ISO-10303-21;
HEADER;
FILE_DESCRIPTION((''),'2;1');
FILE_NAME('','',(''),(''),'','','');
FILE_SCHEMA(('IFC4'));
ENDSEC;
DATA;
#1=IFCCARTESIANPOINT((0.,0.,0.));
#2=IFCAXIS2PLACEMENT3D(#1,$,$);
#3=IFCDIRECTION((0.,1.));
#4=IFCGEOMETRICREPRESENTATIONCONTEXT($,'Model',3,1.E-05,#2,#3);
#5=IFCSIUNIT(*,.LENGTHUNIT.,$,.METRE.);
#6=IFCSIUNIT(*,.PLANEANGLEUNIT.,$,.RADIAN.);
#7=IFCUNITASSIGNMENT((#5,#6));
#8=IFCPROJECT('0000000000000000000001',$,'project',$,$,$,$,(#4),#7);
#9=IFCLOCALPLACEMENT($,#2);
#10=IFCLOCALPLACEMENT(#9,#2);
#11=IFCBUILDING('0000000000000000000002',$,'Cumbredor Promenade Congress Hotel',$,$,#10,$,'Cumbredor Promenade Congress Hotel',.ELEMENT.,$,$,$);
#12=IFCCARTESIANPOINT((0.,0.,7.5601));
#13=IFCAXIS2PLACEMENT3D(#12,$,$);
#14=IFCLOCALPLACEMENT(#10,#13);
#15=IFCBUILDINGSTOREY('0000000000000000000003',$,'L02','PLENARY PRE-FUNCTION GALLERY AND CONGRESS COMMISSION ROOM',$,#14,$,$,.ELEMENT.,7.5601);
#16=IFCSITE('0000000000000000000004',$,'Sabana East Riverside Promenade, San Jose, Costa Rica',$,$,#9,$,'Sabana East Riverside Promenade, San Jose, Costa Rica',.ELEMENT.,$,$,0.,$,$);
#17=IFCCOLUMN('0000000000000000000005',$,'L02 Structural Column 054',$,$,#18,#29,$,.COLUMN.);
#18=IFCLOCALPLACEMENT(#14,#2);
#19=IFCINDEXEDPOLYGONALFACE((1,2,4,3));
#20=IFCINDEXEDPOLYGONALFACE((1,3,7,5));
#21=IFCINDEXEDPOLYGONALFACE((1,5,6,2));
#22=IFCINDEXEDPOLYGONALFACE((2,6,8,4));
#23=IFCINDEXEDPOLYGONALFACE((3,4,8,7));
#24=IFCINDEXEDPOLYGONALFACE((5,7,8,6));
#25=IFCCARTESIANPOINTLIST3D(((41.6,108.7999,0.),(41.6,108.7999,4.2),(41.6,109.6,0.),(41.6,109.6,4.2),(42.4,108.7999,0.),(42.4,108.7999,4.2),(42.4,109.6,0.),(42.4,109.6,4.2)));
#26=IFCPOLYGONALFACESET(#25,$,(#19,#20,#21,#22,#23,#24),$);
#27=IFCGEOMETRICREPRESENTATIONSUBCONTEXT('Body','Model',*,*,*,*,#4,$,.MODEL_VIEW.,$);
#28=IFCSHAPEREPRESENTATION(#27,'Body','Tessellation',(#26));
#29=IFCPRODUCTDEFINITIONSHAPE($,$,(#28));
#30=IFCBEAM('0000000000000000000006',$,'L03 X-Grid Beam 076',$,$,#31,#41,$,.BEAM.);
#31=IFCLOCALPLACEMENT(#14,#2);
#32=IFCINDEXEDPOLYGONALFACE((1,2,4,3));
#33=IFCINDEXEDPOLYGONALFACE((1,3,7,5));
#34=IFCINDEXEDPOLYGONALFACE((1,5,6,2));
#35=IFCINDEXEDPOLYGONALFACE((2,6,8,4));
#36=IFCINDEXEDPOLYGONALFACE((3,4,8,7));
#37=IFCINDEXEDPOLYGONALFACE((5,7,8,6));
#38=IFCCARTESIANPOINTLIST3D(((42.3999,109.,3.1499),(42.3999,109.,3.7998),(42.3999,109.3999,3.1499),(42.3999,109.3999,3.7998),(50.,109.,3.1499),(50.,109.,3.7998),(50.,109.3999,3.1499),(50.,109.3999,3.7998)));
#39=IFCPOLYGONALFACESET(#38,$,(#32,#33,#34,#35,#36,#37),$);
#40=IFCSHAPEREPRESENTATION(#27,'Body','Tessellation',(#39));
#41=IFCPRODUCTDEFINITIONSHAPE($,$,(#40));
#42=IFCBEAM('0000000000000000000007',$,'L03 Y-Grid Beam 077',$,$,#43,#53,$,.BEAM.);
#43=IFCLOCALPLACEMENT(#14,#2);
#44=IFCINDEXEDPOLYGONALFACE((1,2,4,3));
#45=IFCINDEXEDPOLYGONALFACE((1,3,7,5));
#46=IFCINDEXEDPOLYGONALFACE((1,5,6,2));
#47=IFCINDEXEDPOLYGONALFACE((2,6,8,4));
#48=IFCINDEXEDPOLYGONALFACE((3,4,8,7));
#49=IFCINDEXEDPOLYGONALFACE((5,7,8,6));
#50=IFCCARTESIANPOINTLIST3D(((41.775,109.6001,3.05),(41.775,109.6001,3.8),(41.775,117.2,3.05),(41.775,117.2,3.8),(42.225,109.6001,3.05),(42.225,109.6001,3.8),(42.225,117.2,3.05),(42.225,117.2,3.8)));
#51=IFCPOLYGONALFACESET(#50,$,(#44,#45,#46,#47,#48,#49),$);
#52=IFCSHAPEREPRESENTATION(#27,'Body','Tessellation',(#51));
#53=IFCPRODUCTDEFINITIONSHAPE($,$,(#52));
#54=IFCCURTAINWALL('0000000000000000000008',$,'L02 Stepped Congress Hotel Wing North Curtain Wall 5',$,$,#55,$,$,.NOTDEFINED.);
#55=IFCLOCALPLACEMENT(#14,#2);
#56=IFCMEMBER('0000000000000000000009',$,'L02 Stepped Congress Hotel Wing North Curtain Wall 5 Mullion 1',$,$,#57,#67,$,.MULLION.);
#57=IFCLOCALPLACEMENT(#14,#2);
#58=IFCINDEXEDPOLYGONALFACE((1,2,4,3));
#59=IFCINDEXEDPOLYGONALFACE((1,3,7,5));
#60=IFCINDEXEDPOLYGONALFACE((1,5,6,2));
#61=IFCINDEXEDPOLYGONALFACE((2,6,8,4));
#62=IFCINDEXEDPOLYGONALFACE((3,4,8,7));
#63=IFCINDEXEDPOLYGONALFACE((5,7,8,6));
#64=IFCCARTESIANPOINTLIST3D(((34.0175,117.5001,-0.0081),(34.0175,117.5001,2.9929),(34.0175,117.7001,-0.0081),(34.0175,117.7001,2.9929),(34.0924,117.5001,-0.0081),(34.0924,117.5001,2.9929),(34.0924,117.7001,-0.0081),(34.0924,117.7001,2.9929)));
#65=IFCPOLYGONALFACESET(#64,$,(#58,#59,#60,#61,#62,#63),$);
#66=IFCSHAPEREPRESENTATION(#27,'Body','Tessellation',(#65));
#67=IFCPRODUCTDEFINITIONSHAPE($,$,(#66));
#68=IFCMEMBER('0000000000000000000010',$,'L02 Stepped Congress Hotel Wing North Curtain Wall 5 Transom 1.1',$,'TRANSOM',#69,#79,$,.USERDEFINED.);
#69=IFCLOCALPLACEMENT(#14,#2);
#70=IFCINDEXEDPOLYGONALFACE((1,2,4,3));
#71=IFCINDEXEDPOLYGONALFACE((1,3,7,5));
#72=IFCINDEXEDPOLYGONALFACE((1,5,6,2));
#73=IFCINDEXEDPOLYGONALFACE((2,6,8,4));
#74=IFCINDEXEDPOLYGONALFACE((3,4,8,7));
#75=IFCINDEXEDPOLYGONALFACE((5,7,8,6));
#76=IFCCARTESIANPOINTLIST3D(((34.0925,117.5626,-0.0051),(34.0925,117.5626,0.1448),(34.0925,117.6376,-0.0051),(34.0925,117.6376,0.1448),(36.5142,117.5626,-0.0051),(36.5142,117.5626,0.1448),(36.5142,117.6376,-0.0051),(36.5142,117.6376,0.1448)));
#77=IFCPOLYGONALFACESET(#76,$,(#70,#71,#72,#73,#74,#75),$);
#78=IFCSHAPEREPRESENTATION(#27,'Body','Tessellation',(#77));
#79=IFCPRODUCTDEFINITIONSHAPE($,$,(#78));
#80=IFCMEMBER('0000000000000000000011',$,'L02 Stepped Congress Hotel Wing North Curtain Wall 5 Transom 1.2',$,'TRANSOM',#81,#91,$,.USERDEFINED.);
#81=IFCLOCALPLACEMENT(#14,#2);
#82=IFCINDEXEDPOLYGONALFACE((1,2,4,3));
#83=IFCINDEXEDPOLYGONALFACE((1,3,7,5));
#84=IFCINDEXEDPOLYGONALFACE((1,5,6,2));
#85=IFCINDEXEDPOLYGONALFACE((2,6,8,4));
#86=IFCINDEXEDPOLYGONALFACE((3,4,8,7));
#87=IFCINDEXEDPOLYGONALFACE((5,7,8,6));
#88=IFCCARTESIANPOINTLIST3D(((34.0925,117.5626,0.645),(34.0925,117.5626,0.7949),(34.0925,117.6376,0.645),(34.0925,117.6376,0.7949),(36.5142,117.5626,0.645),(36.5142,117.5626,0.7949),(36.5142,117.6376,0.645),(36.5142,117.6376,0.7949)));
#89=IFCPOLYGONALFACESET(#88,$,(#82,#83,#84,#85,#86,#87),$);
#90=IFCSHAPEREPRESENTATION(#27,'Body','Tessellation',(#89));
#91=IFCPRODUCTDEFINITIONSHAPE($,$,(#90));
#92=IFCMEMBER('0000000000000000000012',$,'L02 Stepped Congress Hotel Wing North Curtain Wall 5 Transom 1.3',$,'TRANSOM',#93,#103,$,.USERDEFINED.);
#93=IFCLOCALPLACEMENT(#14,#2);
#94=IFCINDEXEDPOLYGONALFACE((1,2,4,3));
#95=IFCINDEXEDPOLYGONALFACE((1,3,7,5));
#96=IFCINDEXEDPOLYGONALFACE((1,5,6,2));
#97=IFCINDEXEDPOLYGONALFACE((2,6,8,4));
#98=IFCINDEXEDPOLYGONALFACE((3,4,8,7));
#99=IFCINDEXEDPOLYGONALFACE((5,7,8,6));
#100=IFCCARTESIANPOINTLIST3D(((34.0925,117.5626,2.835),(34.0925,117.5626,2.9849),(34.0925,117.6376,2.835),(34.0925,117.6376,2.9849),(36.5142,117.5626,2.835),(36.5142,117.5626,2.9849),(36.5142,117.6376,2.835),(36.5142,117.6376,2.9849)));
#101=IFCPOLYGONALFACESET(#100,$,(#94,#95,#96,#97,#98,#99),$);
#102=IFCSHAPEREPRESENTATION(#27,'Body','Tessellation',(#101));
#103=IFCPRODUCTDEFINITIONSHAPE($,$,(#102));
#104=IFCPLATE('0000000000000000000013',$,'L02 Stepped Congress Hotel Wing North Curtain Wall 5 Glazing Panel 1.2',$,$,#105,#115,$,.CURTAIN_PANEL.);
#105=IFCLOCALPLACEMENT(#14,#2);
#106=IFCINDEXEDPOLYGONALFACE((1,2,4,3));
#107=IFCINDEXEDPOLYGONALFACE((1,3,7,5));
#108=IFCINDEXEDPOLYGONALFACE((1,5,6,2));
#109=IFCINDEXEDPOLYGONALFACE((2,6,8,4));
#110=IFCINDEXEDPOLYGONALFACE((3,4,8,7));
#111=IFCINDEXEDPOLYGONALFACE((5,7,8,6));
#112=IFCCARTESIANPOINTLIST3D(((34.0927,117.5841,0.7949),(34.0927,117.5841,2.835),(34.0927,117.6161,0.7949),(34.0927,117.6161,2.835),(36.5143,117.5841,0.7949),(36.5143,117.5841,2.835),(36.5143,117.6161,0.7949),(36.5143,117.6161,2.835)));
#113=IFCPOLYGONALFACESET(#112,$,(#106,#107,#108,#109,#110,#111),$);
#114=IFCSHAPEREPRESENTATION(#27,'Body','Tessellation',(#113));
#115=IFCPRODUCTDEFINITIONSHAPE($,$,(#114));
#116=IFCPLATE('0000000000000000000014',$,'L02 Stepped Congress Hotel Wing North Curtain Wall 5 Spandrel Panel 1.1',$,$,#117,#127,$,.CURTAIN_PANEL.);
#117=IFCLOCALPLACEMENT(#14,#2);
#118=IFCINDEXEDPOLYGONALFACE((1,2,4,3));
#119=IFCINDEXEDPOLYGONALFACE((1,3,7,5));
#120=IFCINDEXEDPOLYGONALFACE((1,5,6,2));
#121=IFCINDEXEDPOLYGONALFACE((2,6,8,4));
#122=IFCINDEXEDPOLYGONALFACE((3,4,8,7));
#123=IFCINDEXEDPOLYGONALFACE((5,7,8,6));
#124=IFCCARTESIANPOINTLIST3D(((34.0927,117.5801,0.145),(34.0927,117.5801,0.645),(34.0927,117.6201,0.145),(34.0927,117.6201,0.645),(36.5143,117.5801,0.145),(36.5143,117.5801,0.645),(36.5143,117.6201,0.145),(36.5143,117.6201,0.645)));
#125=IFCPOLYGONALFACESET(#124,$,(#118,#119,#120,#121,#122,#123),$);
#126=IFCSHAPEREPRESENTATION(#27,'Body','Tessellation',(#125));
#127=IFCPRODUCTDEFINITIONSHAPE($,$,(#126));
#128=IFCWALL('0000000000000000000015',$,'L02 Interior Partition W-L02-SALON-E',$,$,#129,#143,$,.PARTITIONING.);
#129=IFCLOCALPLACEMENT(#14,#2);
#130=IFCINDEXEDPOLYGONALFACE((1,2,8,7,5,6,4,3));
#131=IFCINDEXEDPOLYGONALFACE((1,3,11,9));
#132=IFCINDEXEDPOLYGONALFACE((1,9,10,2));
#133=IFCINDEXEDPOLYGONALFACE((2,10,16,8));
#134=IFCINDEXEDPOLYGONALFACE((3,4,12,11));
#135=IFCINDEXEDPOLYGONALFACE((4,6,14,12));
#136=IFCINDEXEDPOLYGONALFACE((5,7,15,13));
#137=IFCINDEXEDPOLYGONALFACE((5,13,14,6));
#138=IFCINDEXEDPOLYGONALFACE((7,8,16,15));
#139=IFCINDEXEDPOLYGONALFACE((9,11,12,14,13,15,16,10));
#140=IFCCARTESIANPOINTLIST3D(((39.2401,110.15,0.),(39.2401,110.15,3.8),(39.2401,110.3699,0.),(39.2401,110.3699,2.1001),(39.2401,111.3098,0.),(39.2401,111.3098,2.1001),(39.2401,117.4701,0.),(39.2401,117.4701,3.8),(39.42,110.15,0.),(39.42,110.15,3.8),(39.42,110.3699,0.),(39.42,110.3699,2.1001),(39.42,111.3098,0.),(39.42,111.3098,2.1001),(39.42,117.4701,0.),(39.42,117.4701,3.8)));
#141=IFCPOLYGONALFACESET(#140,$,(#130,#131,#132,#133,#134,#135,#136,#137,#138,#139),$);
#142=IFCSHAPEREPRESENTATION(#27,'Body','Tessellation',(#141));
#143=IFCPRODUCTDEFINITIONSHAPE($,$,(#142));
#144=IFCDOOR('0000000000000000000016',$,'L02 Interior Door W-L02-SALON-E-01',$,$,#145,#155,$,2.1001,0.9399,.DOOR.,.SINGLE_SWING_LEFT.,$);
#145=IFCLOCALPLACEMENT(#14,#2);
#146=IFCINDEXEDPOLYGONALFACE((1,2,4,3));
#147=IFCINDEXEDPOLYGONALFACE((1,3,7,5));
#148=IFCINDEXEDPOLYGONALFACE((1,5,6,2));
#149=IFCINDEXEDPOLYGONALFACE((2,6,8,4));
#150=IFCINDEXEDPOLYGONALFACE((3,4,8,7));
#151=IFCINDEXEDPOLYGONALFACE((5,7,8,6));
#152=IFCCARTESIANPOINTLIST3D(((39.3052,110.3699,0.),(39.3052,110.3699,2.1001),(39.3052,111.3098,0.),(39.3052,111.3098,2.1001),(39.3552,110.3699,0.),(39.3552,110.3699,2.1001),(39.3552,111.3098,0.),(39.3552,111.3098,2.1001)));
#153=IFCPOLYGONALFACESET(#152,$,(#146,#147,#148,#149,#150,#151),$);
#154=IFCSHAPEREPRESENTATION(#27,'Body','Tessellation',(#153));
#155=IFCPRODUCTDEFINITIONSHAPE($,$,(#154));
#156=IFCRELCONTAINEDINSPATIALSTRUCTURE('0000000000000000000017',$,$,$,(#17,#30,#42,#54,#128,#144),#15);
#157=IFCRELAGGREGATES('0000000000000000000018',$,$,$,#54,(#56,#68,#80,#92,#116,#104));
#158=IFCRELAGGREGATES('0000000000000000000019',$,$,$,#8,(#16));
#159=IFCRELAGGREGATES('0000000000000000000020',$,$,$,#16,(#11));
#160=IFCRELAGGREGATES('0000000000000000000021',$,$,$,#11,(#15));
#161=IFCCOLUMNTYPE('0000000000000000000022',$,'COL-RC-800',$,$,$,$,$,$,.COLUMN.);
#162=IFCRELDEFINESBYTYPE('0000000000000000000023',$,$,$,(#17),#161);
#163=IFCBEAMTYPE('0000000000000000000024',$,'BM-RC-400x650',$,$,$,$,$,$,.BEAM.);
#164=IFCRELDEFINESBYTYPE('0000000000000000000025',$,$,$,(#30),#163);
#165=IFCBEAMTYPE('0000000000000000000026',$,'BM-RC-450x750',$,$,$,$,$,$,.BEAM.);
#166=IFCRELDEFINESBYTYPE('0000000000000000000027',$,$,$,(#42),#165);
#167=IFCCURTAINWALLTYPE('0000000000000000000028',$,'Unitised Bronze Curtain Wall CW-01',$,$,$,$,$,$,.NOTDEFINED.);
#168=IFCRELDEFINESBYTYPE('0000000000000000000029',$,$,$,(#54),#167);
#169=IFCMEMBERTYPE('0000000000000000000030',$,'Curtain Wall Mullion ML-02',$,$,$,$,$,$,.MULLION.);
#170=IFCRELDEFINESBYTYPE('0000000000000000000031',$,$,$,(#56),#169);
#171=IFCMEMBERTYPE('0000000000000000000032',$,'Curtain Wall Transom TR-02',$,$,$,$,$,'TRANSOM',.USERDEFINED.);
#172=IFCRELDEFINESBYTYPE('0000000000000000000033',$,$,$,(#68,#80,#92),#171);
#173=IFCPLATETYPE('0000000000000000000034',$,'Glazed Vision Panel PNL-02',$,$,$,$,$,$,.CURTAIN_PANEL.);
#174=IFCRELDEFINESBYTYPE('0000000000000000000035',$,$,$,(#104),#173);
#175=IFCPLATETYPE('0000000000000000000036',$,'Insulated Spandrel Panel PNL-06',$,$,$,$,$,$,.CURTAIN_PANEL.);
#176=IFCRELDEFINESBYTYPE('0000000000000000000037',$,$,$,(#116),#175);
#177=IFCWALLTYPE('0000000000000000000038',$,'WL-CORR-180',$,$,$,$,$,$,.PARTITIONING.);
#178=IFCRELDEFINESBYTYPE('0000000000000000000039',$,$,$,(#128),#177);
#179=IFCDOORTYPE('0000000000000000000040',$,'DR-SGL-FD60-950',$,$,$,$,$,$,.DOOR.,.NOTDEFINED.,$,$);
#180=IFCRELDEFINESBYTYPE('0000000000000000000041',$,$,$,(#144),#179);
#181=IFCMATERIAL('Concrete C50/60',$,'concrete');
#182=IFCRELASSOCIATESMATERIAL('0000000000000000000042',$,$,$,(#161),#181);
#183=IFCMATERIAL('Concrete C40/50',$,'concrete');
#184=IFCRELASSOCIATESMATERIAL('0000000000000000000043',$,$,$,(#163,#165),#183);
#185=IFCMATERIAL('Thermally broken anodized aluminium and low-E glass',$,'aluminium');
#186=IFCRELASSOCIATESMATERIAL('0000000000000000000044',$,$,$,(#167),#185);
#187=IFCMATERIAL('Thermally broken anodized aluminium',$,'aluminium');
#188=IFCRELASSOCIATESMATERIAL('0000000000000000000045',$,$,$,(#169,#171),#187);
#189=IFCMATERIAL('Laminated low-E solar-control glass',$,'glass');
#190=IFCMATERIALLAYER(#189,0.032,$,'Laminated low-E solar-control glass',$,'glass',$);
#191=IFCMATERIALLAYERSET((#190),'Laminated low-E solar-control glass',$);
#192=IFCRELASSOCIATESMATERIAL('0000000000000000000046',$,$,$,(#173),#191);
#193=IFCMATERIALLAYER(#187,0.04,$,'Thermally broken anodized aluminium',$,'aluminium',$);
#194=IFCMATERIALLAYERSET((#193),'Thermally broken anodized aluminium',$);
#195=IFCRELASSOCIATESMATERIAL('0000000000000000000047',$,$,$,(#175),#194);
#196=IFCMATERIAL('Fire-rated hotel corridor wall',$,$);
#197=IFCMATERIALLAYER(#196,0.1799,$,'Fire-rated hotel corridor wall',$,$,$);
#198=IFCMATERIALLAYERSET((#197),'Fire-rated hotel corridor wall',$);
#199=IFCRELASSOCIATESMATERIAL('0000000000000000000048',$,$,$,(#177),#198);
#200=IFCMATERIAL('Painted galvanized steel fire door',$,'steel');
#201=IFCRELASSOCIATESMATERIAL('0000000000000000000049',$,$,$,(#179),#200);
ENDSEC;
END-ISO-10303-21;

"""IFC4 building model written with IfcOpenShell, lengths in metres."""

from ifc_helpers import new_model, si_unit, direction, frame, frame_2d, origin, origin_2d, place, context, subcontext, project, spatial, rectangle, extrude, material, layer, layer_set, material_profile, profile_set, type_object, element, fill, aggregate, save


model = new_model("IFC4")

# Units and contexts
model_context = context("Model", 3, precision=1e-05, world=origin(), true_north=direction((0.0, 1.0)))
body_context = subcontext(model_context, "Body", "Model", "MODEL_VIEW")
ifc_project = project(units=[si_unit("LENGTHUNIT", "METRE"), si_unit("PLANEANGLEUNIT", "RADIAN")], contexts=[model_context])

# Site, building, storey
site_placement = place(None, origin())
site = spatial("IfcSite", under=ifc_project, at=site_placement, Name="Sabana East Riverside Promenade, San Jose, Costa Rica", LongName="Sabana East Riverside Promenade, San Jose, Costa Rica", CompositionType="ELEMENT", RefElevation=0.0)
building_placement = place(site_placement, origin())
building = spatial("IfcBuilding", under=site, at=building_placement, Name="Cumbredor Promenade Congress Hotel", LongName="Cumbredor Promenade Congress Hotel", CompositionType="ELEMENT")
storey_placement = place(building_placement, frame((0.0, 0.0, 7.5601)))
storey = spatial("IfcBuildingStorey", under=building, at=storey_placement, Name="L02", Description="PLENARY PRE-FUNCTION GALLERY AND CONGRESS COMMISSION ROOM", CompositionType="ELEMENT", Elevation=7.5601)

# Column
ifc_material_1 = material(Name="Concrete C50/60", Category="concrete")
ifc_material_profile_1 = material_profile(ifc_material_1, rectangle(XDim=0.8, YDim=0.8, at=origin_2d()), Name="RC 800x800")
ifc_profile_set_1 = profile_set([ifc_material_profile_1], Name="Concrete C50/60")
column_type = type_object("IfcColumnType", Name="COL-RC-800", PredefinedType="COLUMN", material=ifc_profile_set_1)
column_placement = place(storey_placement, frame((42.0, 109.2, 0.0), z_axis=(0.0, 0.0, 1.0), x_axis=(1.0, 0.0, 0.0)))
element("IfcColumn", 1, at=column_placement, inside=storey, type_object=column_type, Name="L02 Structural Column 054", PredefinedType="COLUMN", context=body_context, shape_type="SweptSolid", body=[
    extrude(rectangle(XDim=0.8, YDim=0.8, at=origin_2d()), origin(), (0.0, 0.0, 1.0), 4.2),
])

# Beams
ifc_material_2 = material(Name="Concrete C40/50", Category="concrete")
ifc_material_profile_2 = material_profile(ifc_material_2, rectangle(XDim=0.3999, YDim=0.6499, at=origin_2d()), Name="RC BEAM 400x650")
ifc_profile_set_2 = profile_set([ifc_material_profile_2], Name="Concrete C40/50")
beam_type_1 = type_object("IfcBeamType", Name="BM-RC-400x650", PredefinedType="BEAM", material=ifc_profile_set_2)
beam_1_placement = place(storey_placement, frame((42.3999, 109.2, 3.4749), z_axis=(1.0, 0.0, 0.0), x_axis=(0.0, 1.0, 0.0)))
element("IfcBeam", 2, at=beam_1_placement, inside=storey, type_object=beam_type_1, Name="L03 X-Grid Beam 076", PredefinedType="BEAM", context=body_context, shape_type="SweptSolid", body=[
    extrude(rectangle(XDim=0.3999, YDim=0.6499, at=origin_2d()), origin(), (0.0, 0.0, 1.0), 7.6001),
])
ifc_material_profile_3 = material_profile(ifc_material_2, rectangle(XDim=0.45, YDim=0.75, at=origin_2d()), Name="RC BEAM 450x750")
ifc_profile_set_3 = profile_set([ifc_material_profile_3], Name="Concrete C40/50")
beam_type_2 = type_object("IfcBeamType", Name="BM-RC-450x750", PredefinedType="BEAM", material=ifc_profile_set_3)
beam_2_placement = place(storey_placement, frame((42.0, 109.6001, 3.425), z_axis=(0.0, 1.0, 0.0), x_axis=(-1.0, 0.0, 0.0)))
element("IfcBeam", 3, at=beam_2_placement, inside=storey, type_object=beam_type_2, Name="L03 Y-Grid Beam 077", PredefinedType="BEAM", context=body_context, shape_type="SweptSolid", body=[
    extrude(rectangle(XDim=0.45, YDim=0.75, at=origin_2d()), origin(), (0.0, 0.0, 1.0), 7.5999),
])

# Curtain wall, members, plates
ifc_material_3 = material(Name="Thermally broken anodized aluminium and low-E glass", Category="aluminium")
curtain_wall_type = type_object("IfcCurtainWallType", Name="Unitised Bronze Curtain Wall CW-01", PredefinedType="NOTDEFINED", material=ifc_material_3)
curtain_wall_placement = place(storey_placement, origin())
curtain_wall = element("IfcCurtainWall", 4, at=curtain_wall_placement, inside=storey, type_object=curtain_wall_type, Name="L02 Stepped Congress Hotel Wing North Curtain Wall 5", PredefinedType="NOTDEFINED")
ifc_material_4 = material(Name="Thermally broken anodized aluminium", Category="aluminium")
ifc_material_profile_4 = material_profile(ifc_material_4, rectangle(XDim=0.075, YDim=0.2, at=origin_2d()), Name="ALU MULLION 75x200")
ifc_profile_set_4 = profile_set([ifc_material_profile_4], Name="Thermally broken anodized aluminium")
member_type_1 = type_object("IfcMemberType", Name="Curtain Wall Mullion ML-02", PredefinedType="MULLION", material=ifc_profile_set_4)
member_1_placement = place(storey_placement, frame((34.0549, 117.6001, -0.0081), z_axis=(0.0, 0.0, 1.0), x_axis=(1.0, 0.0, 0.0)))
member_1 = element("IfcMember", 5, at=member_1_placement, type_object=member_type_1, Name="L02 Stepped Congress Hotel Wing North Curtain Wall 5 Mullion 1", PredefinedType="MULLION", context=body_context, shape_type="SweptSolid", body=[
    extrude(rectangle(XDim=0.075, YDim=0.2, at=origin_2d()), origin(), (0.0, 0.0, 1.0), 3.001),
])
ifc_material_profile_5 = material_profile(ifc_material_4, rectangle(XDim=0.075, YDim=0.1499, at=origin_2d()), Name="ALU TRANSOM 75x150")
ifc_profile_set_5 = profile_set([ifc_material_profile_5], Name="Thermally broken anodized aluminium")
member_type_2 = type_object("IfcMemberType", Name="Curtain Wall Transom TR-02", ElementType="TRANSOM", PredefinedType="USERDEFINED", material=ifc_profile_set_5)
member_2_placement = place(storey_placement, frame((34.0925, 117.6001, 0.0698), z_axis=(1.0, 0.0, 0.0), x_axis=(0.0, 1.0, 0.0)))
member_2 = element("IfcMember", 6, at=member_2_placement, type_object=member_type_2, Name="L02 Stepped Congress Hotel Wing North Curtain Wall 5 Transom 1.1", ObjectType="TRANSOM", PredefinedType="USERDEFINED", context=body_context, shape_type="SweptSolid", body=[
    extrude(rectangle(XDim=0.075, YDim=0.1499, at=origin_2d()), origin(), (0.0, 0.0, 1.0), 2.4216),
])
member_3_placement = place(storey_placement, frame((34.0925, 117.6001, 0.72), z_axis=(1.0, 0.0, 0.0), x_axis=(0.0, 1.0, 0.0)))
member_3 = element("IfcMember", 7, at=member_3_placement, type_object=member_type_2, Name="L02 Stepped Congress Hotel Wing North Curtain Wall 5 Transom 1.2", ObjectType="TRANSOM", PredefinedType="USERDEFINED", context=body_context, shape_type="SweptSolid", body=[
    extrude(rectangle(XDim=0.075, YDim=0.1499, at=origin_2d()), origin(), (0.0, 0.0, 1.0), 2.4216),
])
member_4_placement = place(storey_placement, frame((34.0925, 117.6001, 2.9099), z_axis=(1.0, 0.0, 0.0), x_axis=(0.0, 1.0, 0.0)))
member_4 = element("IfcMember", 8, at=member_4_placement, type_object=member_type_2, Name="L02 Stepped Congress Hotel Wing North Curtain Wall 5 Transom 1.3", ObjectType="TRANSOM", PredefinedType="USERDEFINED", context=body_context, shape_type="SweptSolid", body=[
    extrude(rectangle(XDim=0.075, YDim=0.1499, at=origin_2d()), origin(), (0.0, 0.0, 1.0), 2.4216),
])
ifc_material_5 = material(Name="Laminated low-E solar-control glass", Category="glass")
ifc_layer_1 = layer(ifc_material_5, 0.032, Name="Laminated low-E solar-control glass", Category="glass")
ifc_layer_set_1 = layer_set([ifc_layer_1], Name="Laminated low-E solar-control glass")
plate_type_1 = type_object("IfcPlateType", Name="Glazed Vision Panel PNL-02", PredefinedType="CURTAIN_PANEL", material=ifc_layer_set_1)
plate_1_placement = place(storey_placement, frame((35.3035, 117.6001, 0.7949), z_axis=(0.0, 0.0, 1.0), x_axis=(1.0, 0.0, 0.0)))
plate_1 = element("IfcPlate", 9, at=plate_1_placement, type_object=plate_type_1, Name="L02 Stepped Congress Hotel Wing North Curtain Wall 5 Glazing Panel 1.2", PredefinedType="CURTAIN_PANEL", context=body_context, shape_type="SweptSolid", body=[
    extrude(rectangle(XDim=2.4216, YDim=0.032, at=origin_2d()), origin(), (0.0, 0.0, 1.0), 2.04),
])
ifc_layer_2 = layer(ifc_material_4, 0.04, Name="Thermally broken anodized aluminium", Category="aluminium")
ifc_layer_set_2 = layer_set([ifc_layer_2], Name="Thermally broken anodized aluminium")
plate_type_2 = type_object("IfcPlateType", Name="Insulated Spandrel Panel PNL-06", PredefinedType="CURTAIN_PANEL", material=ifc_layer_set_2)
plate_2_placement = place(storey_placement, frame((35.3035, 117.6001, 0.145), z_axis=(0.0, 0.0, 1.0), x_axis=(1.0, 0.0, 0.0)))
plate_2 = element("IfcPlate", 10, at=plate_2_placement, type_object=plate_type_2, Name="L02 Stepped Congress Hotel Wing North Curtain Wall 5 Spandrel Panel 1.1", PredefinedType="CURTAIN_PANEL", context=body_context, shape_type="SweptSolid", body=[
    extrude(rectangle(XDim=2.4216, YDim=0.04, at=origin_2d()), origin(), (0.0, 0.0, 1.0), 0.5),
])
aggregate(curtain_wall, [member_1, member_2, member_3, member_4, plate_2, plate_1])

# Wall, opening, door
ifc_material_6 = material(Name="Fire-rated hotel corridor wall")
ifc_layer_3 = layer(ifc_material_6, 0.1799, Name="Fire-rated hotel corridor wall")
ifc_layer_set_3 = layer_set([ifc_layer_3], Name="Fire-rated hotel corridor wall")
wall_type_1 = type_object("IfcWallType", Name="WL-CORR-180", PredefinedType="PARTITIONING", material=ifc_layer_set_3)
wall_1_placement = place(storey_placement, frame((39.3301, 110.1499, 0.0), z_axis=(0.0, 0.0, 1.0), x_axis=(0.0, 1.0, 0.0)))
wall_1 = element("IfcWall", 11, at=wall_1_placement, inside=storey, type_object=wall_type_1, Name="L02 Interior Partition W-L02-SALON-E", PredefinedType="PARTITIONING", context=body_context, shape_type="SweptSolid", body=[
    extrude(rectangle(XDim=7.3201, YDim=0.1799, at=frame_2d((3.6602, 0.0))), origin(), (0.0, 0.0, 1.0), 3.8),
])
opening_1_placement = place(wall_1_placement, frame((0.22, 0.0, 0.0)))
opening_1 = element("IfcOpeningElement", 12, at=opening_1_placement, cuts=wall_1, PredefinedType="OPENING", context=body_context, shape_type="SweptSolid", body=[
    extrude(rectangle(XDim=0.9399, YDim=2.1001, at=frame_2d((0.47, 1.05))), frame((0.0, 0.1001, 0.0), z_axis=(0.0, -1.0, 0.0), x_axis=(1.0, 0.0, 0.0)), (0.0, 0.0, 1.0), 0.2),
])
ifc_material_7 = material(Name="Painted galvanized steel fire door", Category="steel")
door_type_1 = type_object("IfcDoorType", Name="DR-SGL-FD60-950", OperationType="NOTDEFINED", PredefinedType="DOOR", material=ifc_material_7)
door_1_placement = place(opening_1_placement, origin())
door_1 = element("IfcDoor", 13, at=door_1_placement, inside=storey, type_object=door_type_1, Name="L02 Interior Door W-L02-SALON-E-01", OperationType="SINGLE_SWING_LEFT", OverallHeight=2.1001, OverallWidth=0.9399, PredefinedType="DOOR", context=body_context, shape_type="SweptSolid", body=[
    extrude(rectangle(XDim=0.9399, YDim=2.1001, at=frame_2d((0.47, 1.05))), frame((0.0, 0.0249, 0.0), z_axis=(0.0, -1.0, 0.0), x_axis=(1.0, 0.0, 0.0)), (0.0, 0.0, 1.0), 0.05),
])
fill(opening_1, door_1)

save(model, "model.ifc")
